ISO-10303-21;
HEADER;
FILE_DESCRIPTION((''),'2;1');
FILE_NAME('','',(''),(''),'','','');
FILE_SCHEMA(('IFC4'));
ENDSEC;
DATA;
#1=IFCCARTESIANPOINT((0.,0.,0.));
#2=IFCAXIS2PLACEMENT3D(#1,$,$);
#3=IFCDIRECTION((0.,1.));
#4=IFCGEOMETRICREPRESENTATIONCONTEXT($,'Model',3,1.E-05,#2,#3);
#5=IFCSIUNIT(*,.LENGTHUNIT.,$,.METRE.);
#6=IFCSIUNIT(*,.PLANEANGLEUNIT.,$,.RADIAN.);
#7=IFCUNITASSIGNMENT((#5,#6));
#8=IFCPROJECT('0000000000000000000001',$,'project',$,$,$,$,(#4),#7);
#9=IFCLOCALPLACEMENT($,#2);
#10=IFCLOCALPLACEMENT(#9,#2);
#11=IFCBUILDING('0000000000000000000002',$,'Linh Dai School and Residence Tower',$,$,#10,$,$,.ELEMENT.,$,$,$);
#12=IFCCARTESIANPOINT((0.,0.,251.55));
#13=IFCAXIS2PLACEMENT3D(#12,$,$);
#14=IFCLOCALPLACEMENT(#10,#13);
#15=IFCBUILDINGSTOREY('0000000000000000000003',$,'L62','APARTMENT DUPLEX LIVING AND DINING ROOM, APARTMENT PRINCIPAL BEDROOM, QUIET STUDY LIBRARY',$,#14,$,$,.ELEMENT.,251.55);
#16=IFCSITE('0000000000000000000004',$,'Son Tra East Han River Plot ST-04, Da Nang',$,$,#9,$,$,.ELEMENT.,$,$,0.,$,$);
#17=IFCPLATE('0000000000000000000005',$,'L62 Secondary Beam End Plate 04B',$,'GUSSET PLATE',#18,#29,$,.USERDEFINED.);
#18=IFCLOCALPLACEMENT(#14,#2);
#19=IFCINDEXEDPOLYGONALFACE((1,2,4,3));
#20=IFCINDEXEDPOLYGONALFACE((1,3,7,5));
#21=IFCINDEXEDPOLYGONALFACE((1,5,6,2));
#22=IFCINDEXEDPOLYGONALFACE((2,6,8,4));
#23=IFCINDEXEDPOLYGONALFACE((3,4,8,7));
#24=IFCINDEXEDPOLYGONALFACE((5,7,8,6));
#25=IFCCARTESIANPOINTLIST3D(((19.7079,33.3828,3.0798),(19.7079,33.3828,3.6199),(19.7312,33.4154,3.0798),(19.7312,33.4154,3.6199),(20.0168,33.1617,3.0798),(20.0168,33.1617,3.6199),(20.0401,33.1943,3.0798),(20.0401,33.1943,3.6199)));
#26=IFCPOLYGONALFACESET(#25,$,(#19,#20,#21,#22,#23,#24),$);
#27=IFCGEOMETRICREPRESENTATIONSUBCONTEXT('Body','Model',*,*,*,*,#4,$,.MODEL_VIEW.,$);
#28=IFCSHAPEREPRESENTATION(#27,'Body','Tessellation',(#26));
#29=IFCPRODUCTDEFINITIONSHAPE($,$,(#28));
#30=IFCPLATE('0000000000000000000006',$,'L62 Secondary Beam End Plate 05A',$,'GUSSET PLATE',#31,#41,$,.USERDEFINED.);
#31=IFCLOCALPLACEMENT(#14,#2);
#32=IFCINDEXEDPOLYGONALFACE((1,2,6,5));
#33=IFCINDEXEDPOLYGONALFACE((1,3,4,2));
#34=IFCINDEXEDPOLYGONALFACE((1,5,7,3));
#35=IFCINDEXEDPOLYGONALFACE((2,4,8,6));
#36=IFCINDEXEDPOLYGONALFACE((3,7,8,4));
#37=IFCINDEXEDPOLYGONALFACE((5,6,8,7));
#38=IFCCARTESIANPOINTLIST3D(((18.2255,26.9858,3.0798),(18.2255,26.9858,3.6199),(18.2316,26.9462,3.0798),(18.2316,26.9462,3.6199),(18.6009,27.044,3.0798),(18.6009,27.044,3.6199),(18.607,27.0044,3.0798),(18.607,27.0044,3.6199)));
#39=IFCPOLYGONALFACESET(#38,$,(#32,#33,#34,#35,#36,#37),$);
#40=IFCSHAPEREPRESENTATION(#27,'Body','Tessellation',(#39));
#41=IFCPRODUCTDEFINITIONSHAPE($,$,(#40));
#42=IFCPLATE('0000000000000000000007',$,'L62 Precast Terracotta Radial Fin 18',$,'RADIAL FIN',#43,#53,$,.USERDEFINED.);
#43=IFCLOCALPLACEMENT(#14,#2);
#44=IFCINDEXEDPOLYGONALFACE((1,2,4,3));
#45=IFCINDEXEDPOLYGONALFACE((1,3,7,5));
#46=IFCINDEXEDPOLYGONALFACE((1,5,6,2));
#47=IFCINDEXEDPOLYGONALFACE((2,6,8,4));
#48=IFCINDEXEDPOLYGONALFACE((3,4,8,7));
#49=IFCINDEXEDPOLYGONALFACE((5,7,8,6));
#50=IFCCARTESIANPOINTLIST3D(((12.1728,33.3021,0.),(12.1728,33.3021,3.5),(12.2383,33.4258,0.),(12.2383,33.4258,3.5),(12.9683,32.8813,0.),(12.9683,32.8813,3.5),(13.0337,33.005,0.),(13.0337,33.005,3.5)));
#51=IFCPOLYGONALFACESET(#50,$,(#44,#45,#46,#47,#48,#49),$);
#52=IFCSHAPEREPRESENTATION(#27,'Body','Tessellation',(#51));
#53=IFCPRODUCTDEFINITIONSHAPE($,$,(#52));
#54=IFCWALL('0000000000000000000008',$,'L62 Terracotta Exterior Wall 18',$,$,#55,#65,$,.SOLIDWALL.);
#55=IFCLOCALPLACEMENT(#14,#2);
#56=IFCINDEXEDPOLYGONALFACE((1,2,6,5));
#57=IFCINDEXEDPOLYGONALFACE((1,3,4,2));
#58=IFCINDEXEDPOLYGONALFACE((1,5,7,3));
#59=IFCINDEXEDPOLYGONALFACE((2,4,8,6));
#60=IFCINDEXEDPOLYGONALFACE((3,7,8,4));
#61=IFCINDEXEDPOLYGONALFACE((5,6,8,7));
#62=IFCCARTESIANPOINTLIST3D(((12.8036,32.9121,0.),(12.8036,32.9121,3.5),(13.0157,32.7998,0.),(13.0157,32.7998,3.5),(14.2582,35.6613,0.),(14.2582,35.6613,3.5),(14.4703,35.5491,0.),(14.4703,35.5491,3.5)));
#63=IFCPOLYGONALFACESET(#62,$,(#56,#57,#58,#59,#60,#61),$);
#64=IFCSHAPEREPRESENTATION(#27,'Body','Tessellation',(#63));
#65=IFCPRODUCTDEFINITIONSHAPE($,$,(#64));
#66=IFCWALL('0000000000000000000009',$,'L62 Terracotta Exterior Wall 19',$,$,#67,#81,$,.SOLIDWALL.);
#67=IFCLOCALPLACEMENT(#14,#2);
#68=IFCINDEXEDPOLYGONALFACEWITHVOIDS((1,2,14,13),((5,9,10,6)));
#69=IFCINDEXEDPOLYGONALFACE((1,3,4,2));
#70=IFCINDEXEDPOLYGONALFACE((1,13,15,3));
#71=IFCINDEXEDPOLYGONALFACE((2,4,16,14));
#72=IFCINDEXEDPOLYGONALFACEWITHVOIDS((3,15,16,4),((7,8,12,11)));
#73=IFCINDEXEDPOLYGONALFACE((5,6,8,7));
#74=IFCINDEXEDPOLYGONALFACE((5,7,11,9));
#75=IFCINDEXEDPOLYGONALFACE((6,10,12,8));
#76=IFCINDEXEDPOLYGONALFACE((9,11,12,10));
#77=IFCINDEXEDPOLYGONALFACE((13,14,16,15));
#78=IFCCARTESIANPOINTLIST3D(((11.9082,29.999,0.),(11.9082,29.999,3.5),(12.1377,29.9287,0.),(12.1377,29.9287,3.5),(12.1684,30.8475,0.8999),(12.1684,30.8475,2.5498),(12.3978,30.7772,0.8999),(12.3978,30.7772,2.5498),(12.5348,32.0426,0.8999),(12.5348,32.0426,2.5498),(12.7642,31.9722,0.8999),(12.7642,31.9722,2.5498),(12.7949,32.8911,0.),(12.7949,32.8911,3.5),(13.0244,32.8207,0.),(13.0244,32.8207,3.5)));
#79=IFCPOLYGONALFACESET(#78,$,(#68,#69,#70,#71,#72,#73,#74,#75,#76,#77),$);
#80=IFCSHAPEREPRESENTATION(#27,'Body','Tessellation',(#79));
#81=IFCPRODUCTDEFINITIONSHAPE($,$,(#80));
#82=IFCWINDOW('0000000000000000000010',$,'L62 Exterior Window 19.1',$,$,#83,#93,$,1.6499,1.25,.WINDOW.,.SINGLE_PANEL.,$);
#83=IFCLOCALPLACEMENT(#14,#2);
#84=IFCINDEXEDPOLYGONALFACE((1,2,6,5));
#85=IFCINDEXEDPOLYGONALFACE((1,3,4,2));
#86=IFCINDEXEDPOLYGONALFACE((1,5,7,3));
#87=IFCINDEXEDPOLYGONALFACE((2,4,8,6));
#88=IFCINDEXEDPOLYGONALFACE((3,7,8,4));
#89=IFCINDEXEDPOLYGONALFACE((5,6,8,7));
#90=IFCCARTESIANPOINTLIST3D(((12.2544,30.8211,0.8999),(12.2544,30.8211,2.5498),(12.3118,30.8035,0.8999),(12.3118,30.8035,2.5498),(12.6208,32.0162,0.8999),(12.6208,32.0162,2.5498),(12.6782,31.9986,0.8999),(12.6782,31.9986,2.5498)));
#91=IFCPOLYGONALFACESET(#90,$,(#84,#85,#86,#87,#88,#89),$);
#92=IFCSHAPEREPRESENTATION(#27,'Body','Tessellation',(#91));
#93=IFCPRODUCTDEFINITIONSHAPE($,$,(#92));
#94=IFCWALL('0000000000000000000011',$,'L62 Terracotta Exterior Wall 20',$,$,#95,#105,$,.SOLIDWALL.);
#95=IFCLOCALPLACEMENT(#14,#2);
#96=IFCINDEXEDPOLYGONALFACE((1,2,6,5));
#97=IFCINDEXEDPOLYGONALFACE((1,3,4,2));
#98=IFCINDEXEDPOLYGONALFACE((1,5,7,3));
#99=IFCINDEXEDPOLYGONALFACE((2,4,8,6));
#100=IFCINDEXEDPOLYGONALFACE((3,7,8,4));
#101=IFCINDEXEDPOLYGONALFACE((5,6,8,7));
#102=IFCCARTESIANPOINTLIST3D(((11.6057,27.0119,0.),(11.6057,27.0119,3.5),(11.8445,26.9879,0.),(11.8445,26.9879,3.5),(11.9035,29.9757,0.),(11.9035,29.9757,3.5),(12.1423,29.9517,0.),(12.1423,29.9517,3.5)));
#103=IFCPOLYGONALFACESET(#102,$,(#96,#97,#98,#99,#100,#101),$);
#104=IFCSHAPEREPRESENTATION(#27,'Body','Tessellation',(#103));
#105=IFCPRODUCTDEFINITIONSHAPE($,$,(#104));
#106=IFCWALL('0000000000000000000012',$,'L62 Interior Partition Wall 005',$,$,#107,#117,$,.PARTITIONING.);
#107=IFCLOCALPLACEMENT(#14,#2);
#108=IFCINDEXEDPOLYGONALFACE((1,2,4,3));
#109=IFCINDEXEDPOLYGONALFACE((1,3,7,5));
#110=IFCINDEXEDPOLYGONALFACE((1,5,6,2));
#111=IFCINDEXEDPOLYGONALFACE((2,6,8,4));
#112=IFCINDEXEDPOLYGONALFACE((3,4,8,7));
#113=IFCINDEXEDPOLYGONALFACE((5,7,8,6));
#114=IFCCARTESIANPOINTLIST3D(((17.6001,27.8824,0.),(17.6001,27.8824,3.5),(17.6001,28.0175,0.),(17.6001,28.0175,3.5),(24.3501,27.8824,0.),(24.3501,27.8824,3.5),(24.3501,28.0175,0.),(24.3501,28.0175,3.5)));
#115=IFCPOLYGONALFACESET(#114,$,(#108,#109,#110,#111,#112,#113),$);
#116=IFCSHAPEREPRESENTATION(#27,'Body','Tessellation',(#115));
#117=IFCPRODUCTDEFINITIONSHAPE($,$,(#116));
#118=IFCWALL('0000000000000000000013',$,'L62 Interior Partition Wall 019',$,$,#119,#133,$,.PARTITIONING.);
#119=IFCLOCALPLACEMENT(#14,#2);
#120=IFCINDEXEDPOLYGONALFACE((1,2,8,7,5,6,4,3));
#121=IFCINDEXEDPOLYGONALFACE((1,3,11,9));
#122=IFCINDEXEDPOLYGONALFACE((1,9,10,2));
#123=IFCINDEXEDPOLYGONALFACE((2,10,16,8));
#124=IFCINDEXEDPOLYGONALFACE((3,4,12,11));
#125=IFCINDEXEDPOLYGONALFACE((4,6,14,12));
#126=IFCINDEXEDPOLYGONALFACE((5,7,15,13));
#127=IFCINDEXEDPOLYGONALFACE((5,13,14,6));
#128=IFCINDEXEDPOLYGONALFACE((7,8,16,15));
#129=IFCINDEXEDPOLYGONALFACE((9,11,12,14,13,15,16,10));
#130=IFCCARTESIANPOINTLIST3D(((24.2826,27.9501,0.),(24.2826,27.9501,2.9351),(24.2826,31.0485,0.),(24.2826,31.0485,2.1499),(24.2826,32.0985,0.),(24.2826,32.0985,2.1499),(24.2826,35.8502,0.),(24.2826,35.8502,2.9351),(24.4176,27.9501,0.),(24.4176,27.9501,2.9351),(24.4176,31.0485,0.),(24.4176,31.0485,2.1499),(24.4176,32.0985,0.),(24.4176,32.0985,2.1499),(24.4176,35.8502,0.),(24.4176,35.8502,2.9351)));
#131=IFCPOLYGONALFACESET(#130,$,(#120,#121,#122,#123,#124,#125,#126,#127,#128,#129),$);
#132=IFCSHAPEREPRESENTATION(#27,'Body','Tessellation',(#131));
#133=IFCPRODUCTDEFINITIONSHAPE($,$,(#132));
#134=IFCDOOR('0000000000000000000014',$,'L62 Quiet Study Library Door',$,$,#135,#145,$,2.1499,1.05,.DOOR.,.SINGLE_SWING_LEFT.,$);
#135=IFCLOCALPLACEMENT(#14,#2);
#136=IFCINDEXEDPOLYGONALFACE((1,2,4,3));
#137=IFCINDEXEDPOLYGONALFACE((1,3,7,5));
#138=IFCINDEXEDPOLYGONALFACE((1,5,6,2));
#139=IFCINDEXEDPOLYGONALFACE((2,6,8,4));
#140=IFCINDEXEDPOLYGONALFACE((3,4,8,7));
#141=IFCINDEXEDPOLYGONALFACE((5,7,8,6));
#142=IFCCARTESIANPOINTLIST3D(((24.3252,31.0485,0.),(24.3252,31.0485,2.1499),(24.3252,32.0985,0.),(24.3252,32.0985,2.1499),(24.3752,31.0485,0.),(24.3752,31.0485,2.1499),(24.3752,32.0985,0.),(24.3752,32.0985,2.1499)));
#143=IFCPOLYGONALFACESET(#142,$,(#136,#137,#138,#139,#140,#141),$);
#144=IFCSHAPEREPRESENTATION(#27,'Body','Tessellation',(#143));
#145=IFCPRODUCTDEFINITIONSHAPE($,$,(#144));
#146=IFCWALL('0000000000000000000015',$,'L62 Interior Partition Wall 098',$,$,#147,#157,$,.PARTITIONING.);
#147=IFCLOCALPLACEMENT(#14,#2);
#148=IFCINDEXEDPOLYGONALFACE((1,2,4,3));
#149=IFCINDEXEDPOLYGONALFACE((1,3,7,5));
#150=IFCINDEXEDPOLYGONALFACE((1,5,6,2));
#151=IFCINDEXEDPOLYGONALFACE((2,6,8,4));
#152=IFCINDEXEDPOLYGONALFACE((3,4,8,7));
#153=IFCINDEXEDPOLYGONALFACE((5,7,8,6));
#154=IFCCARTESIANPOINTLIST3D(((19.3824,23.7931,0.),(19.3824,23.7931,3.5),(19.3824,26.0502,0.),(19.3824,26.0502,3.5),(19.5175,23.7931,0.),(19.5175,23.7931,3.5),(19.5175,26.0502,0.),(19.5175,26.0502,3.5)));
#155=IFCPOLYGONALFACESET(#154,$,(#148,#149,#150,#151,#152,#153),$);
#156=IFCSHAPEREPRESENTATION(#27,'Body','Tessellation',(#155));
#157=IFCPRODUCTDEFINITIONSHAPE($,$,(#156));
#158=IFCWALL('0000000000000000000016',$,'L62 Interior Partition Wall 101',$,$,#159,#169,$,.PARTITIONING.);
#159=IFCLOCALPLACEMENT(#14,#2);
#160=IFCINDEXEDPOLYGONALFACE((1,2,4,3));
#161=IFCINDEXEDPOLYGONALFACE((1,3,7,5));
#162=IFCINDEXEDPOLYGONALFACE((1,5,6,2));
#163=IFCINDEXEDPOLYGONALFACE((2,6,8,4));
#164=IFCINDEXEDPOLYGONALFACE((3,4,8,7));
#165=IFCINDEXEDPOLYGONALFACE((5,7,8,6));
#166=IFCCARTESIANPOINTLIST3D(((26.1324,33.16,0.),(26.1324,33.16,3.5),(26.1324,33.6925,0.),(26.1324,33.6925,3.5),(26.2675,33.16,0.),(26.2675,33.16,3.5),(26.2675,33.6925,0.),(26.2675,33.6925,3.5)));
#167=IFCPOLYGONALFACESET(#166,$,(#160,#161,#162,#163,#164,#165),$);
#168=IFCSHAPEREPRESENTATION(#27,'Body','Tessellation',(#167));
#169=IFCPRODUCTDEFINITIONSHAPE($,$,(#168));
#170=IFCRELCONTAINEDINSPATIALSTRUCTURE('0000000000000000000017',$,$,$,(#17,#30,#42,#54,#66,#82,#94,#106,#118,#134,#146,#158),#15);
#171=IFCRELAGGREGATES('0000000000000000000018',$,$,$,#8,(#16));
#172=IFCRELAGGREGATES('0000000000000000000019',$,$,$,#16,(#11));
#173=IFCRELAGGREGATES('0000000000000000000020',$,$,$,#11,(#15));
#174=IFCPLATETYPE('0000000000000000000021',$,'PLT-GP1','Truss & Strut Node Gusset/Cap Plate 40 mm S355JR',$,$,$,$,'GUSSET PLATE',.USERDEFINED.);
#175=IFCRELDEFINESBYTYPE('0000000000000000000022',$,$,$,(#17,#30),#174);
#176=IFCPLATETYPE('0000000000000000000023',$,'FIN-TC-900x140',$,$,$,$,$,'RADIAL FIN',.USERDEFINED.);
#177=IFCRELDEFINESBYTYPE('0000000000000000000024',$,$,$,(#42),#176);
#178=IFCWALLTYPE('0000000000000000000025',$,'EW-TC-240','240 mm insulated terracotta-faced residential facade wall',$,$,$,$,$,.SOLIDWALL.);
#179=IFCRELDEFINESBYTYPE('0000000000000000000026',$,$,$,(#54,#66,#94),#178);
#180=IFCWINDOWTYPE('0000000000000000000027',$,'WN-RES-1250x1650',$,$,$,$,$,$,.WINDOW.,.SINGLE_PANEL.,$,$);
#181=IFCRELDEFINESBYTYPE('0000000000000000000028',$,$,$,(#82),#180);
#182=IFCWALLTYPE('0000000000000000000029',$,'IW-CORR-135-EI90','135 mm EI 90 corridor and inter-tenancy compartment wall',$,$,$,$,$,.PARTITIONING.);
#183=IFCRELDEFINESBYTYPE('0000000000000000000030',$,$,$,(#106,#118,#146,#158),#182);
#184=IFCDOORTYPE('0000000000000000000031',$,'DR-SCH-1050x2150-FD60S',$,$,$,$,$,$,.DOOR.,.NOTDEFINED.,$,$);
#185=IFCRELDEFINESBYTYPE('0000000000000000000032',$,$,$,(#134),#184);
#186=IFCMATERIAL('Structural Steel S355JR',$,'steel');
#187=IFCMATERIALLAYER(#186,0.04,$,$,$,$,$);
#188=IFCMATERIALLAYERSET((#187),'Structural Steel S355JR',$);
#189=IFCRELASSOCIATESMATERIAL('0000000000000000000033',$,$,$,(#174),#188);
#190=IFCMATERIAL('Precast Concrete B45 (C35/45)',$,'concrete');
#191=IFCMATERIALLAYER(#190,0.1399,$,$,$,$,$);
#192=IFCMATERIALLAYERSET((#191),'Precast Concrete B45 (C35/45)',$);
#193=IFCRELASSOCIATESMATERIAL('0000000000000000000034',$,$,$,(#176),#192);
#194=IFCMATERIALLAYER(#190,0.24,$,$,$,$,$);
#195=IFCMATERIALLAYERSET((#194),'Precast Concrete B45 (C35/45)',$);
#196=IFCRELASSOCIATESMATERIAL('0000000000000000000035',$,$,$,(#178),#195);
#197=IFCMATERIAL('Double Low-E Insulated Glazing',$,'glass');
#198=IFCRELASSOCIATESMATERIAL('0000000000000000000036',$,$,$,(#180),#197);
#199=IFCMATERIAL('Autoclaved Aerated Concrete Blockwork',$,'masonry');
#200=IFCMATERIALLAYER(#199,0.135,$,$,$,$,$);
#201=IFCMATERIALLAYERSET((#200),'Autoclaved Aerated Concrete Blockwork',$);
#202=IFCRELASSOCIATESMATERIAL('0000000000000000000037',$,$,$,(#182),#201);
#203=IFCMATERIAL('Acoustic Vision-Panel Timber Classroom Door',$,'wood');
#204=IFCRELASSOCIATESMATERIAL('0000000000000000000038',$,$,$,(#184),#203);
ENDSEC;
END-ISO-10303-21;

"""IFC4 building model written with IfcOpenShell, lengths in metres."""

from ifc_helpers import new_model, si_unit, direction, frame, frame_2d, origin, origin_2d, place, context, subcontext, project, spatial, rectangle, extrude, source, transform, mapped, material, layer, layer_set, type_object, element, fill, save


model = new_model("IFC4")

# Units and contexts
model_context = context("Model", 3, precision=1e-05, world=origin(), true_north=direction((0.0, 1.0)))
body_context = subcontext(model_context, "Body", "Model", "MODEL_VIEW")
ifc_project = project(units=[si_unit("LENGTHUNIT", "METRE"), si_unit("PLANEANGLEUNIT", "RADIAN")], contexts=[model_context])

# Site, building, storey
site_placement = place(None, origin())
site = spatial("IfcSite", under=ifc_project, at=site_placement, Name="Son Tra East Han River Plot ST-04, Da Nang", CompositionType="ELEMENT", RefElevation=0.0)
building_placement = place(site_placement, origin())
building = spatial("IfcBuilding", under=site, at=building_placement, Name="Linh Dai School and Residence Tower", CompositionType="ELEMENT")
storey_placement = place(building_placement, frame((0.0, 0.0, 251.55)))
storey = spatial("IfcBuildingStorey", under=building, at=storey_placement, Name="L62", Description="APARTMENT DUPLEX LIVING AND DINING ROOM, APARTMENT PRINCIPAL BEDROOM, QUIET STUDY LIBRARY", CompositionType="ELEMENT", Elevation=251.55)

# Shared definitions
ifc_material_1 = material(Name="Structural Steel S355JR", Category="steel")

# Plates
ifc_layer_1 = layer(ifc_material_1, 0.04)
ifc_layer_set_1 = layer_set([ifc_layer_1], Name="Structural Steel S355JR")
plate_type_1 = type_object("IfcPlateType", Name="PLT-GP1", Description="Truss & Strut Node Gusset/Cap Plate 40 mm S355JR", ElementType="GUSSET PLATE", PredefinedType="USERDEFINED", material=ifc_layer_set_1)
shared_shape_1 = source(origin(), body_context, "Body", "SweptSolid", [
    extrude(rectangle(XDim=0.04, YDim=0.3799, at=origin_2d()), origin(), (0.0, 0.0, 1.0), 0.54),
])
for number, where, z_axis, x_axis, name in (
    (1, (19.874, 33.2886, 3.0798), (0.0, 0.0, 1.0), (-0.58204, -0.81316, 0.0), "L62 Secondary Beam End Plate 04B"),
    (2, (18.4163, 26.9951, 3.0798), (0.0, 0.0, 1.0), (0.153186, -0.988197, 0.0), "L62 Secondary Beam End Plate 05A"),
):
    element("IfcPlate", number, at=place(storey_placement, frame(where, z_axis=z_axis, x_axis=x_axis)), inside=storey, type_object=plate_type_1, Name=name, ObjectType="GUSSET PLATE", PredefinedType="USERDEFINED", context=body_context, shape_type="MappedRepresentation", body=[
        mapped(shared_shape_1, transform((0.0, 0.0, 0.0), x_axis=(1.0, 0.0, 0.0), y_axis=(0.0, 1.0, 0.0), z_axis=(0.0, 0.0, 1.0), scale=1.0)),
    ])
ifc_material_2 = material(Name="Precast Concrete B45 (C35/45)", Category="concrete")
ifc_layer_2 = layer(ifc_material_2, 0.1399)
ifc_layer_set_2 = layer_set([ifc_layer_2], Name="Precast Concrete B45 (C35/45)")
plate_type_2 = type_object("IfcPlateType", Name="FIN-TC-900x140", ElementType="RADIAL FIN", PredefinedType="USERDEFINED", material=ifc_layer_set_2)
shared_shape_2 = source(origin(), body_context, "Body", "SweptSolid", [
    extrude(rectangle(XDim=0.8999, YDim=0.1399, at=origin_2d()), origin(), (0.0, 0.0, 1.0), 3.5),
])
plate_placement = place(storey_placement, frame((12.6033, 33.1536, 0.0), z_axis=(0.0, 0.0, 1.0), x_axis=(-0.883929, 0.467621, 0.0)))
element("IfcPlate", 3, at=plate_placement, inside=storey, type_object=plate_type_2, Name="L62 Precast Terracotta Radial Fin 18", ObjectType="RADIAL FIN", PredefinedType="USERDEFINED", context=body_context, shape_type="MappedRepresentation", body=[
    mapped(shared_shape_2, transform((0.0, 0.0, 0.0), x_axis=(1.0, 0.0, 0.0), y_axis=(0.0, 1.0, 0.0), z_axis=(0.0, 0.0, 1.0), scale=1.0)),
])

# Wall
ifc_layer_3 = layer(ifc_material_2, 0.24)
ifc_layer_set_3 = layer_set([ifc_layer_3], Name="Precast Concrete B45 (C35/45)")
wall_type_1 = type_object("IfcWallType", Name="EW-TC-240", Description="240 mm insulated terracotta-faced residential facade wall", PredefinedType="SOLIDWALL", material=ifc_layer_set_3)
wall_1_placement = place(storey_placement, frame((12.9097, 32.856, 0.0), z_axis=(0.0, 0.0, 1.0), x_axis=(0.46766, 0.883908, 0.0)))
element("IfcWall", 4, at=wall_1_placement, inside=storey, type_object=wall_type_1, Name="L62 Terracotta Exterior Wall 18", PredefinedType="SOLIDWALL", context=body_context, shape_type="SweptSolid", body=[
    extrude(rectangle(XDim=3.1104, YDim=0.24, at=frame_2d((1.5552, 0.0))), origin(), (0.0, 0.0, 1.0), 3.5),
])

# Wall, opening, window
wall_2_placement = place(storey_placement, frame((12.0229, 29.9639, 0.0), z_axis=(0.0, 0.0, 1.0), x_axis=(0.293133, 0.956072, 0.0)))
wall_2 = element("IfcWall", 5, at=wall_2_placement, inside=storey, type_object=wall_type_1, Name="L62 Terracotta Exterior Wall 19", PredefinedType="SOLIDWALL", context=body_context, shape_type="SweptSolid", body=[
    extrude(rectangle(XDim=3.0249, YDim=0.24, at=frame_2d((1.5125, 0.0))), origin(), (0.0, 0.0, 1.0), 3.5),
])
opening_1_placement = place(wall_2_placement, frame((0.8875, 0.0, 0.8999)))
opening_1 = element("IfcOpeningElement", 6, at=opening_1_placement, cuts=wall_2, PredefinedType="OPENING", context=body_context, shape_type="SweptSolid", body=[
    extrude(rectangle(XDim=1.25, YDim=1.6499, at=origin_2d()), frame((0.625, 0.1299, 0.825), z_axis=(0.0, -1.0, 0.0), x_axis=(1.0, 0.0, 0.0)), (0.0, 0.0, 1.0), 0.26),
])
ifc_material_3 = material(Name="Double Low-E Insulated Glazing", Category="glass")
window_type = type_object("IfcWindowType", Name="WN-RES-1250x1650", PartitioningType="SINGLE_PANEL", PredefinedType="WINDOW", material=ifc_material_3)
shared_shape_3 = source(origin(), body_context, "Body", "SweptSolid", [
    extrude(rectangle(XDim=1.25, YDim=1.6499, at=origin_2d()), frame((0.625, 0.03, 0.825), z_axis=(0.0, -1.0, 0.0), x_axis=(1.0, 0.0, 0.0)), (0.0, 0.0, 1.0), 0.0601),
])
window_placement = place(opening_1_placement, origin())
window = element("IfcWindow", 7, at=window_placement, inside=storey, type_object=window_type, Name="L62 Exterior Window 19.1", OverallHeight=1.6499, OverallWidth=1.25, PartitioningType="SINGLE_PANEL", PredefinedType="WINDOW", context=body_context, shape_type="MappedRepresentation", body=[
    mapped(shared_shape_3, transform((0.0, 0.0, 0.0), x_axis=(1.0, 0.0, 0.0), y_axis=(0.0, 1.0, 0.0), z_axis=(0.0, 0.0, 1.0), scale=1.0)),
])
fill(opening_1, window)

# Walls
wall_3_placement = place(storey_placement, frame((11.7251, 27.0, 0.0), z_axis=(0.0, 0.0, 1.0), x_axis=(0.099991, 0.994988, 0.0)))
element("IfcWall", 8, at=wall_3_placement, inside=storey, type_object=wall_type_1, Name="L62 Terracotta Exterior Wall 20", PredefinedType="SOLIDWALL", context=body_context, shape_type="SweptSolid", body=[
    extrude(rectangle(XDim=2.9788, YDim=0.24, at=frame_2d((1.4893, 0.0))), origin(), (0.0, 0.0, 1.0), 3.5),
])
ifc_material_4 = material(Name="Autoclaved Aerated Concrete Blockwork", Category="masonry")
ifc_layer_4 = layer(ifc_material_4, 0.135)
ifc_layer_set_4 = layer_set([ifc_layer_4], Name="Autoclaved Aerated Concrete Blockwork")
wall_type_2 = type_object("IfcWallType", Name="IW-CORR-135-EI90", Description="135 mm EI 90 corridor and inter-tenancy compartment wall", PredefinedType="PARTITIONING", material=ifc_layer_set_4)
wall_4_placement = place(storey_placement, frame((17.6001, 27.95, 0.0), z_axis=(0.0, 0.0, 1.0), x_axis=(1.0, 0.0, 0.0)))
element("IfcWall", 9, at=wall_4_placement, inside=storey, type_object=wall_type_2, Name="L62 Interior Partition Wall 005", PredefinedType="PARTITIONING", context=body_context, shape_type="SweptSolid", body=[
    extrude(rectangle(XDim=6.75, YDim=0.135, at=frame_2d((3.375, 0.0))), origin(), (0.0, 0.0, 1.0), 3.5),
])

# Wall, opening, door
wall_5_placement = place(storey_placement, frame((24.3501, 27.95, 0.0), z_axis=(0.0, 0.0, 1.0), x_axis=(0.0, 1.0, 0.0)))
wall_5 = element("IfcWall", 10, at=wall_5_placement, inside=storey, type_object=wall_type_2, Name="L62 Interior Partition Wall 019", PredefinedType="PARTITIONING", context=body_context, shape_type="SweptSolid", body=[
    extrude(rectangle(XDim=7.9001, YDim=0.135, at=frame_2d((3.9502, 0.0))), origin(), (0.0, 0.0, 1.0), 2.9351),
])
opening_2_placement = place(wall_5_placement, frame((3.0986, 0.0, 0.0)))
opening_2 = element("IfcOpeningElement", 11, at=opening_2_placement, cuts=wall_5, PredefinedType="OPENING", context=body_context, shape_type="SweptSolid", body=[
    extrude(rectangle(XDim=1.05, YDim=2.1499, at=origin_2d()), frame((0.5249, 0.0776, 1.075), z_axis=(0.0, -1.0, 0.0), x_axis=(1.0, 0.0, 0.0)), (0.0, 0.0, 1.0), 0.155),
])
ifc_material_5 = material(Name="Acoustic Vision-Panel Timber Classroom Door", Category="wood")
door_type = type_object("IfcDoorType", Name="DR-SCH-1050x2150-FD60S", OperationType="NOTDEFINED", PredefinedType="DOOR", material=ifc_material_5)
shared_shape_4 = source(origin(), body_context, "Body", "SweptSolid", [
    extrude(rectangle(XDim=1.05, YDim=2.1499, at=origin_2d()), frame((0.5249, 0.0249, 1.075), z_axis=(0.0, -1.0, 0.0), x_axis=(1.0, 0.0, 0.0)), (0.0, 0.0, 1.0), 0.05),
])
door_placement = place(opening_2_placement, origin())
door = element("IfcDoor", 12, at=door_placement, inside=storey, type_object=door_type, Name="L62 Quiet Study Library Door", OperationType="SINGLE_SWING_LEFT", OverallHeight=2.1499, OverallWidth=1.05, PredefinedType="DOOR", context=body_context, shape_type="MappedRepresentation", body=[
    mapped(shared_shape_4, transform((0.0, 0.0, 0.0), x_axis=(1.0, 0.0, 0.0), y_axis=(0.0, 1.0, 0.0), z_axis=(0.0, 0.0, 1.0), scale=1.0)),
])
fill(opening_2, door)

# Walls
wall_6_placement = place(storey_placement, frame((19.45, 26.05, 0.0), z_axis=(0.0, 0.0, 1.0), x_axis=(0.0, -1.0, 0.0)))
element("IfcWall", 13, at=wall_6_placement, inside=storey, type_object=wall_type_2, Name="L62 Interior Partition Wall 098", PredefinedType="PARTITIONING", context=body_context, shape_type="SweptSolid", body=[
    extrude(rectangle(XDim=2.2571, YDim=0.135, at=frame_2d((1.1284, 0.0))), origin(), (0.0, 0.0, 1.0), 3.5),
])
wall_7_placement = place(storey_placement, frame((26.2, 33.6924, 0.0), z_axis=(0.0, 0.0, 1.0), x_axis=(0.0, -1.0, 0.0)))
element("IfcWall", 14, at=wall_7_placement, inside=storey, type_object=wall_type_2, Name="L62 Interior Partition Wall 101", PredefinedType="PARTITIONING", context=body_context, shape_type="SweptSolid", body=[
    extrude(rectangle(XDim=0.5325, YDim=0.135, at=frame_2d((0.2661, 0.0))), origin(), (0.0, 0.0, 1.0), 3.5),
])

save(model, "model.ifc")
